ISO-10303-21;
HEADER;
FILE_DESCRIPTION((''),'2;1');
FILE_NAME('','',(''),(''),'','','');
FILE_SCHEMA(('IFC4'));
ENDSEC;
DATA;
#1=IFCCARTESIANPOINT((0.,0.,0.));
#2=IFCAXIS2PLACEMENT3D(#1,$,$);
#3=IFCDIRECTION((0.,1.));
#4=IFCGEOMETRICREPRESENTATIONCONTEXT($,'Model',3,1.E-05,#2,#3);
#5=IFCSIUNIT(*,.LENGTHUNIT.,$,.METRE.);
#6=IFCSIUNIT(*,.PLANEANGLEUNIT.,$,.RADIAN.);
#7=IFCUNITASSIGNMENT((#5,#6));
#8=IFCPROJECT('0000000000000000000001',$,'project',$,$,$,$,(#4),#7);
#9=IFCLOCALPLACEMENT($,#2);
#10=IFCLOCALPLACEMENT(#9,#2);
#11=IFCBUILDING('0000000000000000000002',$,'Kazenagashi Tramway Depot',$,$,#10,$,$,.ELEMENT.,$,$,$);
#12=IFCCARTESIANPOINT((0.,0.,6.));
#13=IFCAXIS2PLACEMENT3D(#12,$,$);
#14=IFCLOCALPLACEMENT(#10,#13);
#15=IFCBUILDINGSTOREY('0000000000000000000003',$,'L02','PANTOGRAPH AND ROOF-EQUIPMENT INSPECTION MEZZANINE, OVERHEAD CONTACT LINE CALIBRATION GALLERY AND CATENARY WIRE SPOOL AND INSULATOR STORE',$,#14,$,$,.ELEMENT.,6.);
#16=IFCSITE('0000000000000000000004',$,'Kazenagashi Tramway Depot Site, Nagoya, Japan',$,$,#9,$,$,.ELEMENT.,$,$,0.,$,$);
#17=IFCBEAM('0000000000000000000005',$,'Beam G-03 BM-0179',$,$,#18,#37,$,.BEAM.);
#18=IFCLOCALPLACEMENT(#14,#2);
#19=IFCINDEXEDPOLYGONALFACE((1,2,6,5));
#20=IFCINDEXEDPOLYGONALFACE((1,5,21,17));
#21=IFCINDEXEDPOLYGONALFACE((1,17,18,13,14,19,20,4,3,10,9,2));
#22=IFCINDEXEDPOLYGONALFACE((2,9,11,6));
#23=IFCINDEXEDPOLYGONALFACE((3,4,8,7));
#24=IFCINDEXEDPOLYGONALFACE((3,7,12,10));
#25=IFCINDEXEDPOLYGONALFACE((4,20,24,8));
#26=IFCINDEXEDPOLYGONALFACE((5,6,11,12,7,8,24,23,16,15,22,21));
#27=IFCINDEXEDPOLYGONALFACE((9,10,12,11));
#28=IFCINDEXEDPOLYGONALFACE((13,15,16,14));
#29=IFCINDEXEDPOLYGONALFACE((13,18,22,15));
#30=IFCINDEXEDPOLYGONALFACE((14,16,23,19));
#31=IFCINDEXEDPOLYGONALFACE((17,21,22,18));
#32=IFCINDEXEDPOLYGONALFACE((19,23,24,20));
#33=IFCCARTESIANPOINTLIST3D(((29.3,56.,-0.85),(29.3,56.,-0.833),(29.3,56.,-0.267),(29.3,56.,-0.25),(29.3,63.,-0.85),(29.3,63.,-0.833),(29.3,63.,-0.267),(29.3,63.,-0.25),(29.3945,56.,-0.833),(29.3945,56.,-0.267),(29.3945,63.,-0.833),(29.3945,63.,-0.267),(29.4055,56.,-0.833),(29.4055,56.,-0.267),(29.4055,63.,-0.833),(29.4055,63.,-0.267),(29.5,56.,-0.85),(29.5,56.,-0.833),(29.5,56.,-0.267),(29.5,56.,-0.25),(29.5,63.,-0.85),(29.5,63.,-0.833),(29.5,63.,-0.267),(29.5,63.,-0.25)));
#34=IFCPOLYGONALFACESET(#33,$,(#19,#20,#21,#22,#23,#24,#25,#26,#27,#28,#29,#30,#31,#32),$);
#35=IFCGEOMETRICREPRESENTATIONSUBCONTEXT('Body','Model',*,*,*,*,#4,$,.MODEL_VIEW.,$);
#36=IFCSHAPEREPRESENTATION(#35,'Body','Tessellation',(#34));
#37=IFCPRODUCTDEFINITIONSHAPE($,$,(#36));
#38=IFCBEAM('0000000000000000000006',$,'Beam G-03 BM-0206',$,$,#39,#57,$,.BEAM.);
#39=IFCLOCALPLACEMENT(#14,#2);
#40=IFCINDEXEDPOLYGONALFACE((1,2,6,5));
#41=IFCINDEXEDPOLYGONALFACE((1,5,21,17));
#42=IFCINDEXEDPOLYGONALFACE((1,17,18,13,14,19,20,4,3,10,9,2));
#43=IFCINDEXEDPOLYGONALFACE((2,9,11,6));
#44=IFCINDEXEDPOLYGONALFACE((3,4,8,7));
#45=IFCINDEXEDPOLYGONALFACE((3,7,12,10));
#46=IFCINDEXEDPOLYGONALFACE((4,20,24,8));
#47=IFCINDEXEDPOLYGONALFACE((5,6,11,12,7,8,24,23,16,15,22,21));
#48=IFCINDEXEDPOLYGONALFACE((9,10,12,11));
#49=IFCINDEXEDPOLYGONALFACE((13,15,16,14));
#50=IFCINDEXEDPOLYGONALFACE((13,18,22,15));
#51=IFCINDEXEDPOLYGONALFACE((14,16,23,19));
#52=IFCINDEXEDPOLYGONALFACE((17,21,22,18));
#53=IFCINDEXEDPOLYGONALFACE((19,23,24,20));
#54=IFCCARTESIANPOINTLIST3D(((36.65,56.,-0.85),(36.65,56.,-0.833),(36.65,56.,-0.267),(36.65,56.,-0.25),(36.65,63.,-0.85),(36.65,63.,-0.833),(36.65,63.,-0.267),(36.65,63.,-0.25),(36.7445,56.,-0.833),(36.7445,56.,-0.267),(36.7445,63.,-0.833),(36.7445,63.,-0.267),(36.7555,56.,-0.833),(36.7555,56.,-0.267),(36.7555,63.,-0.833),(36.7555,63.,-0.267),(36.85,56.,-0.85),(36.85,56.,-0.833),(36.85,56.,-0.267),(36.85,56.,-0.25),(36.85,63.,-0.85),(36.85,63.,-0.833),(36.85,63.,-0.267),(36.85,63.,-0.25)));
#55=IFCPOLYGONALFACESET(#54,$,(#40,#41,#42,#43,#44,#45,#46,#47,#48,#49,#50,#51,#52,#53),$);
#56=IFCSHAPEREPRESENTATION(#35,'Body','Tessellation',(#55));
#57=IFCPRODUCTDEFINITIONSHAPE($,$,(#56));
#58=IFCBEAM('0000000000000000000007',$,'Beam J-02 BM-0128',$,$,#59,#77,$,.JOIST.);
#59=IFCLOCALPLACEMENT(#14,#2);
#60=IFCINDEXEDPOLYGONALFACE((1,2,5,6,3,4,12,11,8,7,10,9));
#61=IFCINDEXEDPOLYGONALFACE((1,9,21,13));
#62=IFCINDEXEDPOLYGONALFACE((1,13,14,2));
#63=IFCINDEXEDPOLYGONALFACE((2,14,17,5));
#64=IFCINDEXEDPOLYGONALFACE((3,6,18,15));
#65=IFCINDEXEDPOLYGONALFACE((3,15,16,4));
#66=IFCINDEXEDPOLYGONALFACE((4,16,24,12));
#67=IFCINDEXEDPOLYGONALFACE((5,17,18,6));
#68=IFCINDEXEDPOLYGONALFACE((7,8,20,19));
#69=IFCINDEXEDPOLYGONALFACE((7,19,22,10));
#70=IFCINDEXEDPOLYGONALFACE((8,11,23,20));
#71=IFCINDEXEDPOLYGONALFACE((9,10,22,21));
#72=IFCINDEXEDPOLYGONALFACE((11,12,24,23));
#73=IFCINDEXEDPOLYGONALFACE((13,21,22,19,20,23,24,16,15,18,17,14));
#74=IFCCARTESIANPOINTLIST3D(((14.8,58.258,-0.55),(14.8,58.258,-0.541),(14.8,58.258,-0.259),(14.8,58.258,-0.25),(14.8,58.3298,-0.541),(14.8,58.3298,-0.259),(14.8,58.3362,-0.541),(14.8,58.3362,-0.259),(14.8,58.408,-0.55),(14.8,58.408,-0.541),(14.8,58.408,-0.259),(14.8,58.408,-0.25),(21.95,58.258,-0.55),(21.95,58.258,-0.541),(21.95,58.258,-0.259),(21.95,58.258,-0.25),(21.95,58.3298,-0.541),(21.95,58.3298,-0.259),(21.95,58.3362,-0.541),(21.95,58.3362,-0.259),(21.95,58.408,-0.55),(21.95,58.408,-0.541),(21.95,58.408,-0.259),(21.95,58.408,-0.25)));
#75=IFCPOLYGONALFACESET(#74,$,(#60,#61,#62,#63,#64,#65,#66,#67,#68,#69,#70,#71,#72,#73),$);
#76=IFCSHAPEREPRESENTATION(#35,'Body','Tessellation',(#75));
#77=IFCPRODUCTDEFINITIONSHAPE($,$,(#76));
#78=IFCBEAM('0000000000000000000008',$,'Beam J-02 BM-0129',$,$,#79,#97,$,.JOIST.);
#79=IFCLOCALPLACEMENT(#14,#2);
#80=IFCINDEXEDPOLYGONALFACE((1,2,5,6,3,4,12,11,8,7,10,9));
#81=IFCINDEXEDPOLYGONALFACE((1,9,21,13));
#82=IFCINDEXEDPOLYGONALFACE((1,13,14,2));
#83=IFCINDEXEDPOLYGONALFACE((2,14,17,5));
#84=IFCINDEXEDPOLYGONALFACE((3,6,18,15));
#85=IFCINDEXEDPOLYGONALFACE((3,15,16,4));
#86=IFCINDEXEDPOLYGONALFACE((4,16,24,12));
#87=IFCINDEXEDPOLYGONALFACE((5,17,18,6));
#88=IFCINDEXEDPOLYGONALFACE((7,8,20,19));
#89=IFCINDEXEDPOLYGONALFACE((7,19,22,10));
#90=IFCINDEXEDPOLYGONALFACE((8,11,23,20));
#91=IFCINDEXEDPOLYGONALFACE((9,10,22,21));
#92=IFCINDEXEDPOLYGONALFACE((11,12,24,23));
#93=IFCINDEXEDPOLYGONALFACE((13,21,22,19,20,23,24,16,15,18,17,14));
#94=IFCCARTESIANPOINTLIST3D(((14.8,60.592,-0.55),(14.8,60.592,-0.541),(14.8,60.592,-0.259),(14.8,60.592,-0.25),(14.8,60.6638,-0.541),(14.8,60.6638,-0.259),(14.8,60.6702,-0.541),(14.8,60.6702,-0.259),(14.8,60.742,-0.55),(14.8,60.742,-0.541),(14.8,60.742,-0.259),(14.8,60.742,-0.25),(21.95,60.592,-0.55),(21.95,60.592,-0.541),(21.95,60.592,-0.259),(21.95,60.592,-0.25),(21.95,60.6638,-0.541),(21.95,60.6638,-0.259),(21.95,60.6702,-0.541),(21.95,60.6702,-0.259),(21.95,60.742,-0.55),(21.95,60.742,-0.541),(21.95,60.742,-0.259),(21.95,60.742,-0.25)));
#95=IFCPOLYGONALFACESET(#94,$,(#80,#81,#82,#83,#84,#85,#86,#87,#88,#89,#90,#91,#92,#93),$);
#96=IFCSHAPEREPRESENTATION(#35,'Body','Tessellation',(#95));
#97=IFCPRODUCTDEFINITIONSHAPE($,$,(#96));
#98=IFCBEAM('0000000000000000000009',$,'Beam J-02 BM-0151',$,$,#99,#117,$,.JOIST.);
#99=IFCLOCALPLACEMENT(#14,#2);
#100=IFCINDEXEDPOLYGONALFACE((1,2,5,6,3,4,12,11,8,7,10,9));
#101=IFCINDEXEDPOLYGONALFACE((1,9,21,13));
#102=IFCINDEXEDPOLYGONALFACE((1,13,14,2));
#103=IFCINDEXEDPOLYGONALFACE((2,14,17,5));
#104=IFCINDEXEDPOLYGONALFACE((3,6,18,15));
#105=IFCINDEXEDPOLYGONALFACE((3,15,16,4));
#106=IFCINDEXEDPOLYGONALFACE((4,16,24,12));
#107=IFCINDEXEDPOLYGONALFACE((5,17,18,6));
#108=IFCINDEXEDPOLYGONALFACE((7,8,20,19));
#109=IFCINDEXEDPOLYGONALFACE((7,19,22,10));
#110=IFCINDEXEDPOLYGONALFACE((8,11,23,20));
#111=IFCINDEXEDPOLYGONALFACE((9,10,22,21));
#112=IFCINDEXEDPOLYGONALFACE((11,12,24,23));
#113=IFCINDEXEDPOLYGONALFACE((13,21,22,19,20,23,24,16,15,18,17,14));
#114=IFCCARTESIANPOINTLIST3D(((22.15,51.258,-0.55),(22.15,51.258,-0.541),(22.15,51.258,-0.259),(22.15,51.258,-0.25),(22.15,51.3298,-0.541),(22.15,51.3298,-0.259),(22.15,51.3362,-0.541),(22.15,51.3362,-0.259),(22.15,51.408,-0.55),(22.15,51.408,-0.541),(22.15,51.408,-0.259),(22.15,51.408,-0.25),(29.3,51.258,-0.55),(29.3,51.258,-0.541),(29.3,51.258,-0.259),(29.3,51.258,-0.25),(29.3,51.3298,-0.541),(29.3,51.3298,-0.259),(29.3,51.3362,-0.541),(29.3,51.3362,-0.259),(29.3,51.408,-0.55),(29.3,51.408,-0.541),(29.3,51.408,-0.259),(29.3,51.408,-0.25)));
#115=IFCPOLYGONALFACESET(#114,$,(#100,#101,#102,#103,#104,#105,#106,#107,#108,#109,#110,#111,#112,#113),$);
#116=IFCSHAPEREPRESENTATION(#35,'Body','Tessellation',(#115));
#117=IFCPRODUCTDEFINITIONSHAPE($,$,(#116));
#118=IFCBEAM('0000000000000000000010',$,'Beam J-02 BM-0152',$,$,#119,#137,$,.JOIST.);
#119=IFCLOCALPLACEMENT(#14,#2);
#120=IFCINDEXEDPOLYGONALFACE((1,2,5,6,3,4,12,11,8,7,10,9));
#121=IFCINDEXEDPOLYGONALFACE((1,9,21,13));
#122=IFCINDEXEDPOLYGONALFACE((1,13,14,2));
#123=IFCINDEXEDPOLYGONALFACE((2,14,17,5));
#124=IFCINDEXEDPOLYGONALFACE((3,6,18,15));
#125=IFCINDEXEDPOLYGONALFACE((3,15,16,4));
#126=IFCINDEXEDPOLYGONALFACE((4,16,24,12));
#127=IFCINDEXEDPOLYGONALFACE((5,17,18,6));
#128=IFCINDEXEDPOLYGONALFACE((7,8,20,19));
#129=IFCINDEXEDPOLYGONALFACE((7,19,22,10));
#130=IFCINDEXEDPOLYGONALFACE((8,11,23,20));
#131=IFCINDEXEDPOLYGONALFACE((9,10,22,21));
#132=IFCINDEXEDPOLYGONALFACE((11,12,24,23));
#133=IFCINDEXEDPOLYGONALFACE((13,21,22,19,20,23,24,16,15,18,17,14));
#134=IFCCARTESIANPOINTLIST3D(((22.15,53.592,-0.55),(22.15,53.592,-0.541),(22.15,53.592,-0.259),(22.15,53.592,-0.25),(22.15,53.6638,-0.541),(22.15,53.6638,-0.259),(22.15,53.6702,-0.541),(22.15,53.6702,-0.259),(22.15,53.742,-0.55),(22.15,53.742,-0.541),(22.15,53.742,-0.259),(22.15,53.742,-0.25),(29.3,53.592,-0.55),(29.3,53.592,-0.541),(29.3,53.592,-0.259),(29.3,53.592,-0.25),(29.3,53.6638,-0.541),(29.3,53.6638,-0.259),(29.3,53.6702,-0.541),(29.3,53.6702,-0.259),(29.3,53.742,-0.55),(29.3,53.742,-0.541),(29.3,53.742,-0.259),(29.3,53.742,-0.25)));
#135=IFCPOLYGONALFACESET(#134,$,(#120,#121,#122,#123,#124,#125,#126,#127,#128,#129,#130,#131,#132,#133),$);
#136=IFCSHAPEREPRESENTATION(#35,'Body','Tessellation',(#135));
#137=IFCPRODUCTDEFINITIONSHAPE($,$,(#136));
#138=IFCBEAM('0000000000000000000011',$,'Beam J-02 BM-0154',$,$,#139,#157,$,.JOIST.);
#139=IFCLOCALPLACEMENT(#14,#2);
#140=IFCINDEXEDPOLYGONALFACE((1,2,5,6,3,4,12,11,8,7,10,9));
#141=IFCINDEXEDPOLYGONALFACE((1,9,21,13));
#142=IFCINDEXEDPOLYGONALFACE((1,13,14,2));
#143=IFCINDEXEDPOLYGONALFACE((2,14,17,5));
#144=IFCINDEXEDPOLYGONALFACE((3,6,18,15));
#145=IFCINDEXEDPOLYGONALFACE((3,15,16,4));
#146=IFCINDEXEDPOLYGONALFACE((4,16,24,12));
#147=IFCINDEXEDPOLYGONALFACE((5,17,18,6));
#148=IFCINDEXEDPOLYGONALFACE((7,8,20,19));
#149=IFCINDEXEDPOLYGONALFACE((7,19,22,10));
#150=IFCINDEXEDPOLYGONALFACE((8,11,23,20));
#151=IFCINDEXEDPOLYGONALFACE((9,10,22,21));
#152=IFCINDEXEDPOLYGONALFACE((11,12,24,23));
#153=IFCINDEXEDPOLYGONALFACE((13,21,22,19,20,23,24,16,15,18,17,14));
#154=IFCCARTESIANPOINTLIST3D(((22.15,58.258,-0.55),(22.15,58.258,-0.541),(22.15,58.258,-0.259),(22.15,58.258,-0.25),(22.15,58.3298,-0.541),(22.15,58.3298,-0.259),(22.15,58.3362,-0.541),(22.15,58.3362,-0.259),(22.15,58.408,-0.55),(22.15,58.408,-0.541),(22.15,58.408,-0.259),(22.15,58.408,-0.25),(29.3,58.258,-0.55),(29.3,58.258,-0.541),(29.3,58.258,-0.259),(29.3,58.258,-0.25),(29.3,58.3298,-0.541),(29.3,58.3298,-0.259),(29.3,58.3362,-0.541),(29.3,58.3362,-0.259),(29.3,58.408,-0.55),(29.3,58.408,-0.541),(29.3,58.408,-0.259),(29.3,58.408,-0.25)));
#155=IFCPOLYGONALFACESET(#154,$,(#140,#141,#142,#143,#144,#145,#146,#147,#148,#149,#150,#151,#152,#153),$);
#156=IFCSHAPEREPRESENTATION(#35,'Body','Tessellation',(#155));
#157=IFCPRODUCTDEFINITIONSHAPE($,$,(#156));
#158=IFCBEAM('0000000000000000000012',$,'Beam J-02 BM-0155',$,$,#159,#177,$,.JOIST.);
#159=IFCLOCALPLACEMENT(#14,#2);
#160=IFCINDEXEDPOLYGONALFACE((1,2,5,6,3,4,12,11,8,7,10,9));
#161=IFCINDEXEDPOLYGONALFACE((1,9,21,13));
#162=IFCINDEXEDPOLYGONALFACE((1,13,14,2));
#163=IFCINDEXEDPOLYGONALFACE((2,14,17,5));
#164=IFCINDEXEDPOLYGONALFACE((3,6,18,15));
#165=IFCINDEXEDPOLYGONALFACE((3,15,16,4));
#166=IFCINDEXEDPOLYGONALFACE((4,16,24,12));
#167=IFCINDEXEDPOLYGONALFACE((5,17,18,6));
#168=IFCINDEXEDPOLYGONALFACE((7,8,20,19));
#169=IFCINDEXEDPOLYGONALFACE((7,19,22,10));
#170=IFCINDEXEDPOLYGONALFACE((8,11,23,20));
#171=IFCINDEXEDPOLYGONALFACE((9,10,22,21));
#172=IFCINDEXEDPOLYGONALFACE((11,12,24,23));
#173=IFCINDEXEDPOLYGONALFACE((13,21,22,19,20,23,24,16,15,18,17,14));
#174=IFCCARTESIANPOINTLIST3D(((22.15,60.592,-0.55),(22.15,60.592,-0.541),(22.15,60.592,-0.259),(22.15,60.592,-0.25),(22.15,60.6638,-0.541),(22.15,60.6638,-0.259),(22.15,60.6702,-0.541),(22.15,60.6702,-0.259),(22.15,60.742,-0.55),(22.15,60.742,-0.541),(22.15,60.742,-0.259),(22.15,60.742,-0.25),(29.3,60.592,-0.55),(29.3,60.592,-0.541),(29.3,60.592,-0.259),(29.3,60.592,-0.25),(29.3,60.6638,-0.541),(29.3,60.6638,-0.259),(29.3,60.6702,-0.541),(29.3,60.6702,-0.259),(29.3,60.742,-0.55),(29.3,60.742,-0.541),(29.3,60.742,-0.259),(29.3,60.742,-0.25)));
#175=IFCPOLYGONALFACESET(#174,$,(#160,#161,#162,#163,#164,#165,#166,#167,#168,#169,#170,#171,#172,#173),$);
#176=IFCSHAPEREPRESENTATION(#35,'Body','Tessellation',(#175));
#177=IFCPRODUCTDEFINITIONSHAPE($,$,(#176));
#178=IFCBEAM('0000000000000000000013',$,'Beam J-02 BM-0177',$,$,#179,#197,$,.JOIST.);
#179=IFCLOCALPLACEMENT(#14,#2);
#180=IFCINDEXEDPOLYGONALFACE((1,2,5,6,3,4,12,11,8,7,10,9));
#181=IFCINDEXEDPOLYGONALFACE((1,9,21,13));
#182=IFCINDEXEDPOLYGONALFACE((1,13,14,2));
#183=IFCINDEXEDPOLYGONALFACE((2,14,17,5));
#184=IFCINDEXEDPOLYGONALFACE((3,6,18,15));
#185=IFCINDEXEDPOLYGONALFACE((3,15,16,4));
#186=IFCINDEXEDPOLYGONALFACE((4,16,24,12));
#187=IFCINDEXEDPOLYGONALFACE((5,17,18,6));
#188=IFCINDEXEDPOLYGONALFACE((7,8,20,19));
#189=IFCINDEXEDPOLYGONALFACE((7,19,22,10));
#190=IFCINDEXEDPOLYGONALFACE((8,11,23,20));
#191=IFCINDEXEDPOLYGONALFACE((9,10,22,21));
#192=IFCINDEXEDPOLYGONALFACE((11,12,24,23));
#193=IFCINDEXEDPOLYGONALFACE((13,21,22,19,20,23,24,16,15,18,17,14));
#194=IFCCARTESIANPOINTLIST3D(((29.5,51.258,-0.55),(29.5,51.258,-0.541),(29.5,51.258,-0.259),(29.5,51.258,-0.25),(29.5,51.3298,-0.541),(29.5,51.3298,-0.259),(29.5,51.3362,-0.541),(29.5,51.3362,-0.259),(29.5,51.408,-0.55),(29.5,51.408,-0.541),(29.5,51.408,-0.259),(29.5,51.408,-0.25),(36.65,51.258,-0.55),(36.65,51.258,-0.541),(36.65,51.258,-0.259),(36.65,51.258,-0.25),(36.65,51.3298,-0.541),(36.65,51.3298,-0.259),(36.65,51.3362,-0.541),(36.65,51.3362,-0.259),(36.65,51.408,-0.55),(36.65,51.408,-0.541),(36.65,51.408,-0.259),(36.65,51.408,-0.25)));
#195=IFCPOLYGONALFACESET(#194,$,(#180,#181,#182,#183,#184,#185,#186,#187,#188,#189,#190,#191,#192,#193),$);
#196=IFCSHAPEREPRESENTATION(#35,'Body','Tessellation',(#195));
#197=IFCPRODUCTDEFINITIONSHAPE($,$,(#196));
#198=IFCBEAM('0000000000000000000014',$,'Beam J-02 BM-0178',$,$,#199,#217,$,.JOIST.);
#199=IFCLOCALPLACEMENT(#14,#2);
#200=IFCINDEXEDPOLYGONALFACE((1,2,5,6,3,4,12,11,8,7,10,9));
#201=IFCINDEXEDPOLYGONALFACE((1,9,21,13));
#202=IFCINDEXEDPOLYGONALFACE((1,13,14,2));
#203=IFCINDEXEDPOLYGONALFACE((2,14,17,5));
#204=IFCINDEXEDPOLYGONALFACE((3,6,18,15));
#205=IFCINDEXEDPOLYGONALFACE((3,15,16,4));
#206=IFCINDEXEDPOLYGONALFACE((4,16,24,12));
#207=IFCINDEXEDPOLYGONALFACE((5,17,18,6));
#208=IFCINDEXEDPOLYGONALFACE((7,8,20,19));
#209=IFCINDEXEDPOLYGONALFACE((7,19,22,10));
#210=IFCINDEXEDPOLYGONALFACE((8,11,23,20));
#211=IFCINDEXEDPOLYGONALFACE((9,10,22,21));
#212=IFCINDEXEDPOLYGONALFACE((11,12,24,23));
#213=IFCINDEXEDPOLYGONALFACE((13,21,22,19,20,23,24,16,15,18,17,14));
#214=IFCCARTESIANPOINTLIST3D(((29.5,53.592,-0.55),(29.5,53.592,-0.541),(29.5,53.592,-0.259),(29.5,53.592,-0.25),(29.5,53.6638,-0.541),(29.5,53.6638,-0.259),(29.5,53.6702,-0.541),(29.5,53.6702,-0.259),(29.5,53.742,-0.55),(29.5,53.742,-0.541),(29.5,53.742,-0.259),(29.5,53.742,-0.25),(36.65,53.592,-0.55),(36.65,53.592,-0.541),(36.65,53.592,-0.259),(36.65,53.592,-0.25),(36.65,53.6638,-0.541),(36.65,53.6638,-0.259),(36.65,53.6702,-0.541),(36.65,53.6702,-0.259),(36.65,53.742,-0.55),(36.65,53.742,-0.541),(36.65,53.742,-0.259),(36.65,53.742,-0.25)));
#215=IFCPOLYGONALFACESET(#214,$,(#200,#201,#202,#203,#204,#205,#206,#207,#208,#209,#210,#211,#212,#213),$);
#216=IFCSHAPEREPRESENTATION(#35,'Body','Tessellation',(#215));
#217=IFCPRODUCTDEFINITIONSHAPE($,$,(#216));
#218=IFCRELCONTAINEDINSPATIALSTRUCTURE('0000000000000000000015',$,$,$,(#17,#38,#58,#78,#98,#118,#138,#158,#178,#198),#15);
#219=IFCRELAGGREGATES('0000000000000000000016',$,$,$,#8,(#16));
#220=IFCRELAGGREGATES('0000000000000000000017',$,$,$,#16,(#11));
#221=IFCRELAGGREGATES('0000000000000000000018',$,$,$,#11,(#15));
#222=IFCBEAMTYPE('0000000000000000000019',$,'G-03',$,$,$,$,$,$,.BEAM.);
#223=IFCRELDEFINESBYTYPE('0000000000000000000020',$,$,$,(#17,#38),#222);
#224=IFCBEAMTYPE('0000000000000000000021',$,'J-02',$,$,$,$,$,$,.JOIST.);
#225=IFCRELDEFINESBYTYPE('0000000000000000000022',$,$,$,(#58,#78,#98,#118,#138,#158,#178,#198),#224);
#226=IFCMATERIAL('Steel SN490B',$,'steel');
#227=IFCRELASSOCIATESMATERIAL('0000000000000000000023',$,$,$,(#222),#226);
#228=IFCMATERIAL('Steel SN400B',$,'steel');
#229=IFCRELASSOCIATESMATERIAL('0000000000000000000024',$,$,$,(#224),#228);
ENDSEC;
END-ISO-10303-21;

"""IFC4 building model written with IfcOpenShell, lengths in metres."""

from ifc_helpers import new_model, si_unit, direction, frame, origin, origin_2d, place, context, subcontext, project, spatial, i_section, extrude, material, material_profile, profile_set, type_object, element, save


model = new_model("IFC4")

# Units and contexts
model_context = context("Model", 3, precision=1e-05, world=origin(), true_north=direction((0.0, 1.0)))
body_context = subcontext(model_context, "Body", "Model", "MODEL_VIEW")
ifc_project = project(units=[si_unit("LENGTHUNIT", "METRE"), si_unit("PLANEANGLEUNIT", "RADIAN")], contexts=[model_context])

# Site, building, storey
site_placement = place(None, origin())
site = spatial("IfcSite", under=ifc_project, at=site_placement, Name="Kazenagashi Tramway Depot Site, Nagoya, Japan", CompositionType="ELEMENT", RefElevation=0.0)
building_placement = place(site_placement, origin())
building = spatial("IfcBuilding", under=site, at=building_placement, Name="Kazenagashi Tramway Depot", CompositionType="ELEMENT")
storey_placement = place(building_placement, frame((0.0, 0.0, 6.0)))
storey = spatial("IfcBuildingStorey", under=building, at=storey_placement, Name="L02", Description="PANTOGRAPH AND ROOF-EQUIPMENT INSPECTION MEZZANINE, OVERHEAD CONTACT LINE CALIBRATION GALLERY AND CATENARY WIRE SPOOL AND INSULATOR STORE", CompositionType="ELEMENT", Elevation=6.0)

# Shared definitions
ifc_material_1 = material(Name="Steel SN490B", Category="steel")

# Beams
ifc_material_profile_1 = material_profile(ifc_material_1, i_section(OverallWidth=0.2, OverallDepth=0.6, WebThickness=0.011, FlangeThickness=0.017, at=origin_2d()), Name="H-600x200x11x17")
ifc_profile_set_1 = profile_set([ifc_material_profile_1], Name="Steel SN490B")
beam_type_1 = type_object("IfcBeamType", Name="G-03", PredefinedType="BEAM", material=ifc_profile_set_1)
for number, where, z_axis, x_axis, name in (
    (1, (29.4, 56.0, -0.55), (0.0, 1.0, 0.0), (-1.0, 0.0, 0.0), "Beam G-03 BM-0179"),
    (2, (36.75, 56.0, -0.55), (0.0, 1.0, 0.0), (-1.0, 0.0, 0.0), "Beam G-03 BM-0206"),
):
    element("IfcBeam", number, at=place(storey_placement, frame(where, z_axis=z_axis, x_axis=x_axis)), inside=storey, type_object=beam_type_1, Name=name, PredefinedType="BEAM", context=body_context, shape_type="SweptSolid", body=[
        extrude(i_section(OverallWidth=0.2, OverallDepth=0.6, WebThickness=0.011, FlangeThickness=0.017, at=origin_2d()), origin(), (0.0, 0.0, 1.0), 7.0),
    ])
ifc_material_2 = material(Name="Steel SN400B", Category="steel")
ifc_material_profile_2 = material_profile(ifc_material_2, i_section(OverallWidth=0.15, OverallDepth=0.3, WebThickness=0.0065, FlangeThickness=0.009, at=origin_2d()), Name="H-300x150x6.5x9")
ifc_profile_set_2 = profile_set([ifc_material_profile_2], Name="Steel SN400B")
beam_type_2 = type_object("IfcBeamType", Name="J-02", PredefinedType="JOIST", material=ifc_profile_set_2)
for number, where, z_axis, x_axis, name in (
    (3, (14.8, 58.333, -0.4), (1.0, 0.0, 0.0), (0.0, 1.0, 0.0), "Beam J-02 BM-0128"),
    (4, (14.8, 60.667, -0.4), (1.0, 0.0, 0.0), (0.0, 1.0, 0.0), "Beam J-02 BM-0129"),
    (5, (22.15, 51.333, -0.4), (1.0, 0.0, 0.0), (0.0, 1.0, 0.0), "Beam J-02 BM-0151"),
    (6, (22.15, 53.667, -0.4), (1.0, 0.0, 0.0), (0.0, 1.0, 0.0), "Beam J-02 BM-0152"),
    (7, (22.15, 58.333, -0.4), (1.0, 0.0, 0.0), (0.0, 1.0, 0.0), "Beam J-02 BM-0154"),
    (8, (22.15, 60.667, -0.4), (1.0, 0.0, 0.0), (0.0, 1.0, 0.0), "Beam J-02 BM-0155"),
    (9, (29.5, 51.333, -0.4), (1.0, 0.0, 0.0), (0.0, 1.0, 0.0), "Beam J-02 BM-0177"),
    (10, (29.5, 53.667, -0.4), (1.0, 0.0, 0.0), (0.0, 1.0, 0.0), "Beam J-02 BM-0178"),
):
    element("IfcBeam", number, at=place(storey_placement, frame(where, z_axis=z_axis, x_axis=x_axis)), inside=storey, type_object=beam_type_2, Name=name, PredefinedType="JOIST", context=body_context, shape_type="SweptSolid", body=[
        extrude(i_section(OverallWidth=0.15, OverallDepth=0.3, WebThickness=0.0065, FlangeThickness=0.009, at=origin_2d()), origin(), (0.0, 0.0, 1.0), 7.15),
    ])

save(model, "model.ifc")
